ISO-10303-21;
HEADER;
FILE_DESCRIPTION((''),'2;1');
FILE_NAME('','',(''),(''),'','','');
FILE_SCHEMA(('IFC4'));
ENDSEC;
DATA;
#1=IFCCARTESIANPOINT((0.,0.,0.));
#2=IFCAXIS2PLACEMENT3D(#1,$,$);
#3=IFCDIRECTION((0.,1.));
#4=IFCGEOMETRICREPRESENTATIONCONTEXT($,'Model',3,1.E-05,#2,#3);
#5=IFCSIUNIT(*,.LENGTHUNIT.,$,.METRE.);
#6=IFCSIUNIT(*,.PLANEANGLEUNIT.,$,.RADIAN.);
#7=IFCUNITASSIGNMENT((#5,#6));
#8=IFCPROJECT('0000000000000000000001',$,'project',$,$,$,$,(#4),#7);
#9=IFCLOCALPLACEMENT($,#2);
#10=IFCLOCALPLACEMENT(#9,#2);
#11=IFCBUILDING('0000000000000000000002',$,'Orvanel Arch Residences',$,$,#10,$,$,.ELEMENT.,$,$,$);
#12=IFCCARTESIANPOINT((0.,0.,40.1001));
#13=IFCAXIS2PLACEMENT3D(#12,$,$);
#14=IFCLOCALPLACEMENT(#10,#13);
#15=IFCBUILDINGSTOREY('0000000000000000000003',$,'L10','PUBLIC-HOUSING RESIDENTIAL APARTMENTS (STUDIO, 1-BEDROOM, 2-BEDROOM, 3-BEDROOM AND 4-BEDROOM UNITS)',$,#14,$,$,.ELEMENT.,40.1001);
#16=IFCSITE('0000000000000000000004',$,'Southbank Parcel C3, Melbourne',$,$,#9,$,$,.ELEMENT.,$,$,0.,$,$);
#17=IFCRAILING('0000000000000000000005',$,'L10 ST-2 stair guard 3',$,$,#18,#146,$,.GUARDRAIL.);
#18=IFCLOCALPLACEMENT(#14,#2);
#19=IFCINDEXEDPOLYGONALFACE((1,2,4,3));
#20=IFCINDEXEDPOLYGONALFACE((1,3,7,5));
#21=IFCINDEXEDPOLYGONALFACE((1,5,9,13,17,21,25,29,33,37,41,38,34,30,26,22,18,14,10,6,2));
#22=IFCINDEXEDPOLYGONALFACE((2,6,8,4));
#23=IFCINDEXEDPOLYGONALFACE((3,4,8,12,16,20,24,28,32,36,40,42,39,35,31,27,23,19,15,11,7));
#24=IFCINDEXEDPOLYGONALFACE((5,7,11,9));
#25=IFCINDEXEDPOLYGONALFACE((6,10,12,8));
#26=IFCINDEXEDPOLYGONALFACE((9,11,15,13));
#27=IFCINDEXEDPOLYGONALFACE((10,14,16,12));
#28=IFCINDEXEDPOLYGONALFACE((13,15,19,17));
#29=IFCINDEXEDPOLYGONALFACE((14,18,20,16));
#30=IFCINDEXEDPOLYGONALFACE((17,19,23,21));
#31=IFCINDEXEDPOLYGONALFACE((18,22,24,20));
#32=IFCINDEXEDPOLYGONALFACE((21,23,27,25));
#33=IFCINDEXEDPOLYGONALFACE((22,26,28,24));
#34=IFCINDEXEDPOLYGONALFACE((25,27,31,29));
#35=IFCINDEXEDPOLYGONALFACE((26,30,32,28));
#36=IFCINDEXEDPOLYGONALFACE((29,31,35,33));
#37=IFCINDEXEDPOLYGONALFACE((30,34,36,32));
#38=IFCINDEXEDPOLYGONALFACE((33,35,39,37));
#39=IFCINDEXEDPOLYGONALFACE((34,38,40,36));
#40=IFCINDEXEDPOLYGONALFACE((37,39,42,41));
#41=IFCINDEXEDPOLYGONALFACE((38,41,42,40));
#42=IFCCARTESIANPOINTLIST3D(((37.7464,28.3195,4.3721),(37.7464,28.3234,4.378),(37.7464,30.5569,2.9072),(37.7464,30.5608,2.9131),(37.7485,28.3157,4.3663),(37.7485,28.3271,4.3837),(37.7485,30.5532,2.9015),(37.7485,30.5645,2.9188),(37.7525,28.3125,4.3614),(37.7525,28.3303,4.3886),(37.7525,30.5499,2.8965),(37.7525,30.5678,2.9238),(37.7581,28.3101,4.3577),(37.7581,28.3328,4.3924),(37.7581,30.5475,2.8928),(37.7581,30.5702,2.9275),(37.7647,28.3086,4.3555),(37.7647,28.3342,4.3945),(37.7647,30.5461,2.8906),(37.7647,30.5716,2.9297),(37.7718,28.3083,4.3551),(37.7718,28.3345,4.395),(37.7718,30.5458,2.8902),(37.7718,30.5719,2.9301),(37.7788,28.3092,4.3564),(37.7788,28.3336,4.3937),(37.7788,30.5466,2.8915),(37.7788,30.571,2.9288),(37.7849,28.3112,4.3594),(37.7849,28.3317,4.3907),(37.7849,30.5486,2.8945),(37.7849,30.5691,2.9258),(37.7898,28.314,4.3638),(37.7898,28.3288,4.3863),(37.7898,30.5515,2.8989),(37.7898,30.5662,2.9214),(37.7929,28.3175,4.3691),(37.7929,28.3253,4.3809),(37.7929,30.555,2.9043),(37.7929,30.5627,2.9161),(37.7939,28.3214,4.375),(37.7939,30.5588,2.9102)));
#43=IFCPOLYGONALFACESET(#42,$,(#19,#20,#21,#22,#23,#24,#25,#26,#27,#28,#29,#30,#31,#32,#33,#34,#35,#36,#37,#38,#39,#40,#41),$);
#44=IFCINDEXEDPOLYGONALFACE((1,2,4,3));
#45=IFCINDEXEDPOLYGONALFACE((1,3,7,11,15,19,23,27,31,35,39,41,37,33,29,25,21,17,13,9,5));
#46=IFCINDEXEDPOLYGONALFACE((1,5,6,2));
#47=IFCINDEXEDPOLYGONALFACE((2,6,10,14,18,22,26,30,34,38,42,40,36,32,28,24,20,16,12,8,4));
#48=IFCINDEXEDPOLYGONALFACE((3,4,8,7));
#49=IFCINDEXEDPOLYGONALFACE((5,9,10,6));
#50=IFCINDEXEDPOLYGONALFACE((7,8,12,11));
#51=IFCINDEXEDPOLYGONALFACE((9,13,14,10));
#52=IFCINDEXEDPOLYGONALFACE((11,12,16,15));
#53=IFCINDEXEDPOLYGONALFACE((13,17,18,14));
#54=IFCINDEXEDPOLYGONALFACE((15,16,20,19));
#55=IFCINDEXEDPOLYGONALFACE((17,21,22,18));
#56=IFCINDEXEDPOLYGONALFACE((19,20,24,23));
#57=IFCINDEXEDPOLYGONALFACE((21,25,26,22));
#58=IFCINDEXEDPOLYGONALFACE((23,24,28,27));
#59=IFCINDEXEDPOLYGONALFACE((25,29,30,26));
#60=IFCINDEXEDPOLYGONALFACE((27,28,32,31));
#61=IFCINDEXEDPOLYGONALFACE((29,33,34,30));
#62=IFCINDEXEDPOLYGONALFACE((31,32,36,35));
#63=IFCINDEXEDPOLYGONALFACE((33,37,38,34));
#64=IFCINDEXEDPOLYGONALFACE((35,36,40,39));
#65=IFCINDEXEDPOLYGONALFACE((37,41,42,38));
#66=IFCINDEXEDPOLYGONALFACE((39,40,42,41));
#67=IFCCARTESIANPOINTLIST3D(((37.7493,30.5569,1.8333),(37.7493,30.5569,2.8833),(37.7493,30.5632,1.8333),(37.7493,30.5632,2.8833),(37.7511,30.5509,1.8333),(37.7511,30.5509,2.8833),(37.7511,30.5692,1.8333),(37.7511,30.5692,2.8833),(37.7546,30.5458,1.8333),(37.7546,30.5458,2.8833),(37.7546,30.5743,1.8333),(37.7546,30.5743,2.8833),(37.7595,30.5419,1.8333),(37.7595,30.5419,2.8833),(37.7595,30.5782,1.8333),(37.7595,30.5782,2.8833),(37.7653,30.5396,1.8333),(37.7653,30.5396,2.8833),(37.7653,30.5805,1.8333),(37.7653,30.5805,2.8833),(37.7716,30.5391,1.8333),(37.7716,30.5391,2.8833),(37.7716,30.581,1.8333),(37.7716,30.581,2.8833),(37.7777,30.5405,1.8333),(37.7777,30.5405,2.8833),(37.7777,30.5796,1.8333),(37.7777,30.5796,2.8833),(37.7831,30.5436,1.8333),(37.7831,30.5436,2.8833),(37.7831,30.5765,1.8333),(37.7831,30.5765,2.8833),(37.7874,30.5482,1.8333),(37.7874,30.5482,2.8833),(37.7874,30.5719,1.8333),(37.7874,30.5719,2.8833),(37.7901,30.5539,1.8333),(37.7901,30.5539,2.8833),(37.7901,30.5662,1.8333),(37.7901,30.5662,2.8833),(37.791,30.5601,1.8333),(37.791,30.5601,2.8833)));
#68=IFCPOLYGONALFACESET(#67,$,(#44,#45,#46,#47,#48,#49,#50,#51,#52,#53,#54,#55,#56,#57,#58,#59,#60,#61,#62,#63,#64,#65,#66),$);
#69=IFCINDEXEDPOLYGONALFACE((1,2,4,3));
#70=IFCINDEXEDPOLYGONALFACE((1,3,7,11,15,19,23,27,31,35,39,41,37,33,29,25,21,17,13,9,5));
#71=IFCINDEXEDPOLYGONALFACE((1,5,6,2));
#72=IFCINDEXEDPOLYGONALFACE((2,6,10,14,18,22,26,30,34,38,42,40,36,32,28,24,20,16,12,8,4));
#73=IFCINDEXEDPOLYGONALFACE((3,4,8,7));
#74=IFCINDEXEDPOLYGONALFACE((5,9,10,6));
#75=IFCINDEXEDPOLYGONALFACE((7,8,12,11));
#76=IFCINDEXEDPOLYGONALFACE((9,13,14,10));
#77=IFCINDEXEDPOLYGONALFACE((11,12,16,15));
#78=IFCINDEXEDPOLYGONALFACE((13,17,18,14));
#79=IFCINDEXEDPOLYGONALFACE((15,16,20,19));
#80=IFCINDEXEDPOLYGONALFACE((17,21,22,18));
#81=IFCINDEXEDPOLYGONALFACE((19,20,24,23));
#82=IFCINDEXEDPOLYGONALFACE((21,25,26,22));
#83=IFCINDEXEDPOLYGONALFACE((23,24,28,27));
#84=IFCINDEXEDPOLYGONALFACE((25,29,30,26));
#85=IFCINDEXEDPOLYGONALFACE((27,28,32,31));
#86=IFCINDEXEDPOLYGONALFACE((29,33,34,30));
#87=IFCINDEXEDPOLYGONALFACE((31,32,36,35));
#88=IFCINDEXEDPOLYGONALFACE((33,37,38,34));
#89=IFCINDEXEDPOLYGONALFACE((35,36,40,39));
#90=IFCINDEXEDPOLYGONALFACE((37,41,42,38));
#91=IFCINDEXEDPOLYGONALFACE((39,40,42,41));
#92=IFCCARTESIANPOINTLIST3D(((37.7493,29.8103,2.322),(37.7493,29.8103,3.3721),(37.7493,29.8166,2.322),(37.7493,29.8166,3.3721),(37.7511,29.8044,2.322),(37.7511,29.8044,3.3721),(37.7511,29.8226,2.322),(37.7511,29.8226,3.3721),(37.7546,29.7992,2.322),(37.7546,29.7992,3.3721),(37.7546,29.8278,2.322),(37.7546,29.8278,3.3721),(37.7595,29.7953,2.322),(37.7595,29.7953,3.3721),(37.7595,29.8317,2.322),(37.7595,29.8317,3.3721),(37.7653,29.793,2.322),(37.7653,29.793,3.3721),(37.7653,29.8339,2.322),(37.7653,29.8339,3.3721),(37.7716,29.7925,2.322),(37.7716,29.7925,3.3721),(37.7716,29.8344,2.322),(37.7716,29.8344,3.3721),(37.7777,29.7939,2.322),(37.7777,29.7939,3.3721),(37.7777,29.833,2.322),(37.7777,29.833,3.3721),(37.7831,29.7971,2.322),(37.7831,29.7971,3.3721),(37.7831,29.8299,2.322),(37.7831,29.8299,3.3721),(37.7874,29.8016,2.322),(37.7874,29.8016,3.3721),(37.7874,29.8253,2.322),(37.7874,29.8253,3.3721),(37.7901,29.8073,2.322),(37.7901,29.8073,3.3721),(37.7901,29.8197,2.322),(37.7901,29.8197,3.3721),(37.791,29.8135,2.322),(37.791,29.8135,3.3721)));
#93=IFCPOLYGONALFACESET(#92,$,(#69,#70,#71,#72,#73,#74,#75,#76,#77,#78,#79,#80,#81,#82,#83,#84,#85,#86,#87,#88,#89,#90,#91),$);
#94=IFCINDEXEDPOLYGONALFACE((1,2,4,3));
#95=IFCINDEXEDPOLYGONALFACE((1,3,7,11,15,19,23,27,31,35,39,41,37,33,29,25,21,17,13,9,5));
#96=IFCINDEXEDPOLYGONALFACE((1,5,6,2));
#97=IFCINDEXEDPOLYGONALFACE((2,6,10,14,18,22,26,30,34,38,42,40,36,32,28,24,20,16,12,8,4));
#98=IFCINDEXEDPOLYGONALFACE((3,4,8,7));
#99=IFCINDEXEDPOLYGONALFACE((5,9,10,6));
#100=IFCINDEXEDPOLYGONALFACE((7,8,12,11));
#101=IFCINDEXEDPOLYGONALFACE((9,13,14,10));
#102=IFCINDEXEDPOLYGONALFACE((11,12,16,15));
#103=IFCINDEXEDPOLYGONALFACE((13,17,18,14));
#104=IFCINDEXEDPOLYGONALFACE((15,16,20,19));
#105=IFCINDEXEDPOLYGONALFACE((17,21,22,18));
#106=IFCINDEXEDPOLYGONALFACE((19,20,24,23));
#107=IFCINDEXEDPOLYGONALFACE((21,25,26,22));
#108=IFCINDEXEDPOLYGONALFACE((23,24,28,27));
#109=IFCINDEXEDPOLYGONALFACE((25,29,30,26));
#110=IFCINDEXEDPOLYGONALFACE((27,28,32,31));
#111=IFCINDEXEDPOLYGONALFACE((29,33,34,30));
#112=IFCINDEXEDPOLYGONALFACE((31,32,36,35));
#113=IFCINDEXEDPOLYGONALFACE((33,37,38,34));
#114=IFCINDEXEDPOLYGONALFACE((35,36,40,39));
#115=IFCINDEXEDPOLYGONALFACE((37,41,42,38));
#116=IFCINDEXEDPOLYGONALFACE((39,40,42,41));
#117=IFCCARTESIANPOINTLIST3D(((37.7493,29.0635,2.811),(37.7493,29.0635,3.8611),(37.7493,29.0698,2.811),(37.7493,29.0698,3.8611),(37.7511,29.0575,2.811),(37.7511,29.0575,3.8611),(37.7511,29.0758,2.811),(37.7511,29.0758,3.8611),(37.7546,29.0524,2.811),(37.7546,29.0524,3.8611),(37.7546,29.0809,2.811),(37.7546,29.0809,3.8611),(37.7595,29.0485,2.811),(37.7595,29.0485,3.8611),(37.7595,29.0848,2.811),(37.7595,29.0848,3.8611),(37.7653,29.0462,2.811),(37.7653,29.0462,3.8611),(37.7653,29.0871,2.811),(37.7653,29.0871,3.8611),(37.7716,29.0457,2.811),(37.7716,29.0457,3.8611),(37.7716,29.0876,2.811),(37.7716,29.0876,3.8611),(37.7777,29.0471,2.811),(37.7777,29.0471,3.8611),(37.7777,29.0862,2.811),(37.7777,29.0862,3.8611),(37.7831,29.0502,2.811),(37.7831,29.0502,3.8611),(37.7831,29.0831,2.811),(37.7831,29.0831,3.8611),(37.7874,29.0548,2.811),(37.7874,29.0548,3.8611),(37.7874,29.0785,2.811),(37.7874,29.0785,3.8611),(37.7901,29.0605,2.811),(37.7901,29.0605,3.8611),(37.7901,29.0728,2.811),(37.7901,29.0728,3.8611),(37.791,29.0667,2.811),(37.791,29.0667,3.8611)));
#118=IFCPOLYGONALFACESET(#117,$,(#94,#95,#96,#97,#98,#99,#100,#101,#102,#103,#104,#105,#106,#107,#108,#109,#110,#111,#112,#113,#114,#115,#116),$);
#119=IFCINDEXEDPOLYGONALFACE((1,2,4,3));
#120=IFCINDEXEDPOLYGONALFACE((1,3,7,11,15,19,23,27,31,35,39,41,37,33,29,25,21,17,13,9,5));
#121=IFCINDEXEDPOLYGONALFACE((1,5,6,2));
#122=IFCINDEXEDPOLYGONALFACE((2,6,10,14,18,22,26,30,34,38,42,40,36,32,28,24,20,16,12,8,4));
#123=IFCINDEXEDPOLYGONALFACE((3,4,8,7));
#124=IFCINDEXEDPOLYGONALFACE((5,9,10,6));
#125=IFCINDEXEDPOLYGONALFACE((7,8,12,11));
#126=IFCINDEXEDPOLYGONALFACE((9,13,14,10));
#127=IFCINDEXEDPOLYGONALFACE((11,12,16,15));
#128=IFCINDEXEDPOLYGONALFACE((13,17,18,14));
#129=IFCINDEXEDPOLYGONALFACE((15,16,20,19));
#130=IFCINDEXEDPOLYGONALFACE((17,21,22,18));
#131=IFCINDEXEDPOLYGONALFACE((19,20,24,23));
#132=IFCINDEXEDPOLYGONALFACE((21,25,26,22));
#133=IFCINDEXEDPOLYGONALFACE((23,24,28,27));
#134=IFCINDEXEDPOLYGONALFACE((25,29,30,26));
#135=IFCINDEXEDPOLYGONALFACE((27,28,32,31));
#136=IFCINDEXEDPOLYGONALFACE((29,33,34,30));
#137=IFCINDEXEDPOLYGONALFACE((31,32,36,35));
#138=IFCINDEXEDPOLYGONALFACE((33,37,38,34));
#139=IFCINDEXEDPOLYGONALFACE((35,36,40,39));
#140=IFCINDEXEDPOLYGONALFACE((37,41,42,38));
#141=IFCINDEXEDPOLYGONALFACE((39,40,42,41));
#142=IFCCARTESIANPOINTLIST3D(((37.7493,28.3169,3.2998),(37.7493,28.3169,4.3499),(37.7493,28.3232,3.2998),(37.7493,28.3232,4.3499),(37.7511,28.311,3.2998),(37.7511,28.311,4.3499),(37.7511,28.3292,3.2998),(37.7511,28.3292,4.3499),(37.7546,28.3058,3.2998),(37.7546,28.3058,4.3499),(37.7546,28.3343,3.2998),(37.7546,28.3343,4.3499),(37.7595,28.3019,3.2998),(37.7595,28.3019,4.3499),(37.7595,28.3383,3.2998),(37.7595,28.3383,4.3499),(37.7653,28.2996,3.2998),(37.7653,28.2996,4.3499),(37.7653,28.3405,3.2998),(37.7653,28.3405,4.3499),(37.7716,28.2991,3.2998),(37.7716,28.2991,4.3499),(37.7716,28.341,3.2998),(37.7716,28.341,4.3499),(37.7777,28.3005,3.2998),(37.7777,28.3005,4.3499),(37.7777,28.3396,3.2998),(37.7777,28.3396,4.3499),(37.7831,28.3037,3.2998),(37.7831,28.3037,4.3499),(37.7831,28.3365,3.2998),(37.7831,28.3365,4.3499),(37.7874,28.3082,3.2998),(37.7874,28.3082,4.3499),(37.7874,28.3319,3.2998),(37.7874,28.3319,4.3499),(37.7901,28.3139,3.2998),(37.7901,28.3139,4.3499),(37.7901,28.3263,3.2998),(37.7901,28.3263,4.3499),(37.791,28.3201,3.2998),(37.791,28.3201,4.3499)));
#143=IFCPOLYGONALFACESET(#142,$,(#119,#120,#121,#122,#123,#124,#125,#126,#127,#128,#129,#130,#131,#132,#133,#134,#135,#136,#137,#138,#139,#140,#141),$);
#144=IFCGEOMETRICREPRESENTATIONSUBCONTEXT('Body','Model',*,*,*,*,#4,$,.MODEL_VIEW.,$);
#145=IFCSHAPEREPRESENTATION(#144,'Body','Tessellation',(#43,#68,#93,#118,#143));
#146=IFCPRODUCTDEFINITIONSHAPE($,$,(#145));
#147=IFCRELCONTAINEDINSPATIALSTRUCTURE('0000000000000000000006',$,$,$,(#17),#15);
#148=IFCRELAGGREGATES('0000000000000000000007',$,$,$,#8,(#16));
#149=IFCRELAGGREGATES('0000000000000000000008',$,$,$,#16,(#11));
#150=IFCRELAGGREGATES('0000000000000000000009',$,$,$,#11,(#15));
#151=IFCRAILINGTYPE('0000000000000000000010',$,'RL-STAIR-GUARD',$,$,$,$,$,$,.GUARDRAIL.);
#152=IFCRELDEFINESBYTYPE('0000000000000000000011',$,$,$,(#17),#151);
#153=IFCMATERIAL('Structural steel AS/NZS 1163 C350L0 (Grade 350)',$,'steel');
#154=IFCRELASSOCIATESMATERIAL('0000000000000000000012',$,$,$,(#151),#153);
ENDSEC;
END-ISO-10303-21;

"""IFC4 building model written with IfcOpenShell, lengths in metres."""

from ifc_helpers import new_model, si_unit, direction, frame, origin, origin_2d, place, context, subcontext, project, spatial, circle, extrude, material, type_object, element, save


model = new_model("IFC4")

# Units and contexts
model_context = context("Model", 3, precision=1e-05, world=origin(), true_north=direction((0.0, 1.0)))
body_context = subcontext(model_context, "Body", "Model", "MODEL_VIEW")
ifc_project = project(units=[si_unit("LENGTHUNIT", "METRE"), si_unit("PLANEANGLEUNIT", "RADIAN")], contexts=[model_context])

# Site, building, storey
site_placement = place(None, origin())
site = spatial("IfcSite", under=ifc_project, at=site_placement, Name="Southbank Parcel C3, Melbourne", CompositionType="ELEMENT", RefElevation=0.0)
building_placement = place(site_placement, origin())
building = spatial("IfcBuilding", under=site, at=building_placement, Name="Orvanel Arch Residences", CompositionType="ELEMENT")
storey_placement = place(building_placement, frame((0.0, 0.0, 40.1001)))
storey = spatial("IfcBuildingStorey", under=building, at=storey_placement, Name="L10", Description="PUBLIC-HOUSING RESIDENTIAL APARTMENTS (STUDIO, 1-BEDROOM, 2-BEDROOM, 3-BEDROOM AND 4-BEDROOM UNITS)", CompositionType="ELEMENT", Elevation=40.1001)

# Railing
ifc_material_1 = material(Name="Structural steel AS/NZS 1163 C350L0 (Grade 350)", Category="steel")
railing_type_1 = type_object("IfcRailingType", Name="RL-STAIR-GUARD", PredefinedType="GUARDRAIL", material=ifc_material_1)
railing_1_placement = place(storey_placement, frame((37.77, 30.5601, 1.8333)))
element("IfcRailing", 1, at=railing_1_placement, inside=storey, type_object=railing_type_1, Name="L10 ST-2 stair guard 3", PredefinedType="GUARDRAIL", context=body_context, shape_type="SweptSolid", body=[
    extrude(circle(Radius=0.0239, at=origin_2d()), frame((0.0, -0.0012, 1.0769), z_axis=(0.0, -0.836637, 0.547758), x_axis=(1.0, 0.0, 0.0)), (0.0, 0.0, 1.0), 2.6743),
    extrude(circle(Radius=0.021, at=origin_2d()), origin(), (0.0, 0.0, 1.0), 1.05),
    extrude(circle(Radius=0.021, at=origin_2d()), frame((0.0, -0.7466, 0.4888)), (0.0, 0.0, 1.0), 1.05),
    extrude(circle(Radius=0.021, at=origin_2d()), frame((0.0, -1.4934, 0.9778)), (0.0, 0.0, 1.0), 1.05),
    extrude(circle(Radius=0.021, at=origin_2d()), frame((0.0, -2.24, 1.4666)), (0.0, 0.0, 1.0), 1.05),
])

save(model, "model.ifc")
